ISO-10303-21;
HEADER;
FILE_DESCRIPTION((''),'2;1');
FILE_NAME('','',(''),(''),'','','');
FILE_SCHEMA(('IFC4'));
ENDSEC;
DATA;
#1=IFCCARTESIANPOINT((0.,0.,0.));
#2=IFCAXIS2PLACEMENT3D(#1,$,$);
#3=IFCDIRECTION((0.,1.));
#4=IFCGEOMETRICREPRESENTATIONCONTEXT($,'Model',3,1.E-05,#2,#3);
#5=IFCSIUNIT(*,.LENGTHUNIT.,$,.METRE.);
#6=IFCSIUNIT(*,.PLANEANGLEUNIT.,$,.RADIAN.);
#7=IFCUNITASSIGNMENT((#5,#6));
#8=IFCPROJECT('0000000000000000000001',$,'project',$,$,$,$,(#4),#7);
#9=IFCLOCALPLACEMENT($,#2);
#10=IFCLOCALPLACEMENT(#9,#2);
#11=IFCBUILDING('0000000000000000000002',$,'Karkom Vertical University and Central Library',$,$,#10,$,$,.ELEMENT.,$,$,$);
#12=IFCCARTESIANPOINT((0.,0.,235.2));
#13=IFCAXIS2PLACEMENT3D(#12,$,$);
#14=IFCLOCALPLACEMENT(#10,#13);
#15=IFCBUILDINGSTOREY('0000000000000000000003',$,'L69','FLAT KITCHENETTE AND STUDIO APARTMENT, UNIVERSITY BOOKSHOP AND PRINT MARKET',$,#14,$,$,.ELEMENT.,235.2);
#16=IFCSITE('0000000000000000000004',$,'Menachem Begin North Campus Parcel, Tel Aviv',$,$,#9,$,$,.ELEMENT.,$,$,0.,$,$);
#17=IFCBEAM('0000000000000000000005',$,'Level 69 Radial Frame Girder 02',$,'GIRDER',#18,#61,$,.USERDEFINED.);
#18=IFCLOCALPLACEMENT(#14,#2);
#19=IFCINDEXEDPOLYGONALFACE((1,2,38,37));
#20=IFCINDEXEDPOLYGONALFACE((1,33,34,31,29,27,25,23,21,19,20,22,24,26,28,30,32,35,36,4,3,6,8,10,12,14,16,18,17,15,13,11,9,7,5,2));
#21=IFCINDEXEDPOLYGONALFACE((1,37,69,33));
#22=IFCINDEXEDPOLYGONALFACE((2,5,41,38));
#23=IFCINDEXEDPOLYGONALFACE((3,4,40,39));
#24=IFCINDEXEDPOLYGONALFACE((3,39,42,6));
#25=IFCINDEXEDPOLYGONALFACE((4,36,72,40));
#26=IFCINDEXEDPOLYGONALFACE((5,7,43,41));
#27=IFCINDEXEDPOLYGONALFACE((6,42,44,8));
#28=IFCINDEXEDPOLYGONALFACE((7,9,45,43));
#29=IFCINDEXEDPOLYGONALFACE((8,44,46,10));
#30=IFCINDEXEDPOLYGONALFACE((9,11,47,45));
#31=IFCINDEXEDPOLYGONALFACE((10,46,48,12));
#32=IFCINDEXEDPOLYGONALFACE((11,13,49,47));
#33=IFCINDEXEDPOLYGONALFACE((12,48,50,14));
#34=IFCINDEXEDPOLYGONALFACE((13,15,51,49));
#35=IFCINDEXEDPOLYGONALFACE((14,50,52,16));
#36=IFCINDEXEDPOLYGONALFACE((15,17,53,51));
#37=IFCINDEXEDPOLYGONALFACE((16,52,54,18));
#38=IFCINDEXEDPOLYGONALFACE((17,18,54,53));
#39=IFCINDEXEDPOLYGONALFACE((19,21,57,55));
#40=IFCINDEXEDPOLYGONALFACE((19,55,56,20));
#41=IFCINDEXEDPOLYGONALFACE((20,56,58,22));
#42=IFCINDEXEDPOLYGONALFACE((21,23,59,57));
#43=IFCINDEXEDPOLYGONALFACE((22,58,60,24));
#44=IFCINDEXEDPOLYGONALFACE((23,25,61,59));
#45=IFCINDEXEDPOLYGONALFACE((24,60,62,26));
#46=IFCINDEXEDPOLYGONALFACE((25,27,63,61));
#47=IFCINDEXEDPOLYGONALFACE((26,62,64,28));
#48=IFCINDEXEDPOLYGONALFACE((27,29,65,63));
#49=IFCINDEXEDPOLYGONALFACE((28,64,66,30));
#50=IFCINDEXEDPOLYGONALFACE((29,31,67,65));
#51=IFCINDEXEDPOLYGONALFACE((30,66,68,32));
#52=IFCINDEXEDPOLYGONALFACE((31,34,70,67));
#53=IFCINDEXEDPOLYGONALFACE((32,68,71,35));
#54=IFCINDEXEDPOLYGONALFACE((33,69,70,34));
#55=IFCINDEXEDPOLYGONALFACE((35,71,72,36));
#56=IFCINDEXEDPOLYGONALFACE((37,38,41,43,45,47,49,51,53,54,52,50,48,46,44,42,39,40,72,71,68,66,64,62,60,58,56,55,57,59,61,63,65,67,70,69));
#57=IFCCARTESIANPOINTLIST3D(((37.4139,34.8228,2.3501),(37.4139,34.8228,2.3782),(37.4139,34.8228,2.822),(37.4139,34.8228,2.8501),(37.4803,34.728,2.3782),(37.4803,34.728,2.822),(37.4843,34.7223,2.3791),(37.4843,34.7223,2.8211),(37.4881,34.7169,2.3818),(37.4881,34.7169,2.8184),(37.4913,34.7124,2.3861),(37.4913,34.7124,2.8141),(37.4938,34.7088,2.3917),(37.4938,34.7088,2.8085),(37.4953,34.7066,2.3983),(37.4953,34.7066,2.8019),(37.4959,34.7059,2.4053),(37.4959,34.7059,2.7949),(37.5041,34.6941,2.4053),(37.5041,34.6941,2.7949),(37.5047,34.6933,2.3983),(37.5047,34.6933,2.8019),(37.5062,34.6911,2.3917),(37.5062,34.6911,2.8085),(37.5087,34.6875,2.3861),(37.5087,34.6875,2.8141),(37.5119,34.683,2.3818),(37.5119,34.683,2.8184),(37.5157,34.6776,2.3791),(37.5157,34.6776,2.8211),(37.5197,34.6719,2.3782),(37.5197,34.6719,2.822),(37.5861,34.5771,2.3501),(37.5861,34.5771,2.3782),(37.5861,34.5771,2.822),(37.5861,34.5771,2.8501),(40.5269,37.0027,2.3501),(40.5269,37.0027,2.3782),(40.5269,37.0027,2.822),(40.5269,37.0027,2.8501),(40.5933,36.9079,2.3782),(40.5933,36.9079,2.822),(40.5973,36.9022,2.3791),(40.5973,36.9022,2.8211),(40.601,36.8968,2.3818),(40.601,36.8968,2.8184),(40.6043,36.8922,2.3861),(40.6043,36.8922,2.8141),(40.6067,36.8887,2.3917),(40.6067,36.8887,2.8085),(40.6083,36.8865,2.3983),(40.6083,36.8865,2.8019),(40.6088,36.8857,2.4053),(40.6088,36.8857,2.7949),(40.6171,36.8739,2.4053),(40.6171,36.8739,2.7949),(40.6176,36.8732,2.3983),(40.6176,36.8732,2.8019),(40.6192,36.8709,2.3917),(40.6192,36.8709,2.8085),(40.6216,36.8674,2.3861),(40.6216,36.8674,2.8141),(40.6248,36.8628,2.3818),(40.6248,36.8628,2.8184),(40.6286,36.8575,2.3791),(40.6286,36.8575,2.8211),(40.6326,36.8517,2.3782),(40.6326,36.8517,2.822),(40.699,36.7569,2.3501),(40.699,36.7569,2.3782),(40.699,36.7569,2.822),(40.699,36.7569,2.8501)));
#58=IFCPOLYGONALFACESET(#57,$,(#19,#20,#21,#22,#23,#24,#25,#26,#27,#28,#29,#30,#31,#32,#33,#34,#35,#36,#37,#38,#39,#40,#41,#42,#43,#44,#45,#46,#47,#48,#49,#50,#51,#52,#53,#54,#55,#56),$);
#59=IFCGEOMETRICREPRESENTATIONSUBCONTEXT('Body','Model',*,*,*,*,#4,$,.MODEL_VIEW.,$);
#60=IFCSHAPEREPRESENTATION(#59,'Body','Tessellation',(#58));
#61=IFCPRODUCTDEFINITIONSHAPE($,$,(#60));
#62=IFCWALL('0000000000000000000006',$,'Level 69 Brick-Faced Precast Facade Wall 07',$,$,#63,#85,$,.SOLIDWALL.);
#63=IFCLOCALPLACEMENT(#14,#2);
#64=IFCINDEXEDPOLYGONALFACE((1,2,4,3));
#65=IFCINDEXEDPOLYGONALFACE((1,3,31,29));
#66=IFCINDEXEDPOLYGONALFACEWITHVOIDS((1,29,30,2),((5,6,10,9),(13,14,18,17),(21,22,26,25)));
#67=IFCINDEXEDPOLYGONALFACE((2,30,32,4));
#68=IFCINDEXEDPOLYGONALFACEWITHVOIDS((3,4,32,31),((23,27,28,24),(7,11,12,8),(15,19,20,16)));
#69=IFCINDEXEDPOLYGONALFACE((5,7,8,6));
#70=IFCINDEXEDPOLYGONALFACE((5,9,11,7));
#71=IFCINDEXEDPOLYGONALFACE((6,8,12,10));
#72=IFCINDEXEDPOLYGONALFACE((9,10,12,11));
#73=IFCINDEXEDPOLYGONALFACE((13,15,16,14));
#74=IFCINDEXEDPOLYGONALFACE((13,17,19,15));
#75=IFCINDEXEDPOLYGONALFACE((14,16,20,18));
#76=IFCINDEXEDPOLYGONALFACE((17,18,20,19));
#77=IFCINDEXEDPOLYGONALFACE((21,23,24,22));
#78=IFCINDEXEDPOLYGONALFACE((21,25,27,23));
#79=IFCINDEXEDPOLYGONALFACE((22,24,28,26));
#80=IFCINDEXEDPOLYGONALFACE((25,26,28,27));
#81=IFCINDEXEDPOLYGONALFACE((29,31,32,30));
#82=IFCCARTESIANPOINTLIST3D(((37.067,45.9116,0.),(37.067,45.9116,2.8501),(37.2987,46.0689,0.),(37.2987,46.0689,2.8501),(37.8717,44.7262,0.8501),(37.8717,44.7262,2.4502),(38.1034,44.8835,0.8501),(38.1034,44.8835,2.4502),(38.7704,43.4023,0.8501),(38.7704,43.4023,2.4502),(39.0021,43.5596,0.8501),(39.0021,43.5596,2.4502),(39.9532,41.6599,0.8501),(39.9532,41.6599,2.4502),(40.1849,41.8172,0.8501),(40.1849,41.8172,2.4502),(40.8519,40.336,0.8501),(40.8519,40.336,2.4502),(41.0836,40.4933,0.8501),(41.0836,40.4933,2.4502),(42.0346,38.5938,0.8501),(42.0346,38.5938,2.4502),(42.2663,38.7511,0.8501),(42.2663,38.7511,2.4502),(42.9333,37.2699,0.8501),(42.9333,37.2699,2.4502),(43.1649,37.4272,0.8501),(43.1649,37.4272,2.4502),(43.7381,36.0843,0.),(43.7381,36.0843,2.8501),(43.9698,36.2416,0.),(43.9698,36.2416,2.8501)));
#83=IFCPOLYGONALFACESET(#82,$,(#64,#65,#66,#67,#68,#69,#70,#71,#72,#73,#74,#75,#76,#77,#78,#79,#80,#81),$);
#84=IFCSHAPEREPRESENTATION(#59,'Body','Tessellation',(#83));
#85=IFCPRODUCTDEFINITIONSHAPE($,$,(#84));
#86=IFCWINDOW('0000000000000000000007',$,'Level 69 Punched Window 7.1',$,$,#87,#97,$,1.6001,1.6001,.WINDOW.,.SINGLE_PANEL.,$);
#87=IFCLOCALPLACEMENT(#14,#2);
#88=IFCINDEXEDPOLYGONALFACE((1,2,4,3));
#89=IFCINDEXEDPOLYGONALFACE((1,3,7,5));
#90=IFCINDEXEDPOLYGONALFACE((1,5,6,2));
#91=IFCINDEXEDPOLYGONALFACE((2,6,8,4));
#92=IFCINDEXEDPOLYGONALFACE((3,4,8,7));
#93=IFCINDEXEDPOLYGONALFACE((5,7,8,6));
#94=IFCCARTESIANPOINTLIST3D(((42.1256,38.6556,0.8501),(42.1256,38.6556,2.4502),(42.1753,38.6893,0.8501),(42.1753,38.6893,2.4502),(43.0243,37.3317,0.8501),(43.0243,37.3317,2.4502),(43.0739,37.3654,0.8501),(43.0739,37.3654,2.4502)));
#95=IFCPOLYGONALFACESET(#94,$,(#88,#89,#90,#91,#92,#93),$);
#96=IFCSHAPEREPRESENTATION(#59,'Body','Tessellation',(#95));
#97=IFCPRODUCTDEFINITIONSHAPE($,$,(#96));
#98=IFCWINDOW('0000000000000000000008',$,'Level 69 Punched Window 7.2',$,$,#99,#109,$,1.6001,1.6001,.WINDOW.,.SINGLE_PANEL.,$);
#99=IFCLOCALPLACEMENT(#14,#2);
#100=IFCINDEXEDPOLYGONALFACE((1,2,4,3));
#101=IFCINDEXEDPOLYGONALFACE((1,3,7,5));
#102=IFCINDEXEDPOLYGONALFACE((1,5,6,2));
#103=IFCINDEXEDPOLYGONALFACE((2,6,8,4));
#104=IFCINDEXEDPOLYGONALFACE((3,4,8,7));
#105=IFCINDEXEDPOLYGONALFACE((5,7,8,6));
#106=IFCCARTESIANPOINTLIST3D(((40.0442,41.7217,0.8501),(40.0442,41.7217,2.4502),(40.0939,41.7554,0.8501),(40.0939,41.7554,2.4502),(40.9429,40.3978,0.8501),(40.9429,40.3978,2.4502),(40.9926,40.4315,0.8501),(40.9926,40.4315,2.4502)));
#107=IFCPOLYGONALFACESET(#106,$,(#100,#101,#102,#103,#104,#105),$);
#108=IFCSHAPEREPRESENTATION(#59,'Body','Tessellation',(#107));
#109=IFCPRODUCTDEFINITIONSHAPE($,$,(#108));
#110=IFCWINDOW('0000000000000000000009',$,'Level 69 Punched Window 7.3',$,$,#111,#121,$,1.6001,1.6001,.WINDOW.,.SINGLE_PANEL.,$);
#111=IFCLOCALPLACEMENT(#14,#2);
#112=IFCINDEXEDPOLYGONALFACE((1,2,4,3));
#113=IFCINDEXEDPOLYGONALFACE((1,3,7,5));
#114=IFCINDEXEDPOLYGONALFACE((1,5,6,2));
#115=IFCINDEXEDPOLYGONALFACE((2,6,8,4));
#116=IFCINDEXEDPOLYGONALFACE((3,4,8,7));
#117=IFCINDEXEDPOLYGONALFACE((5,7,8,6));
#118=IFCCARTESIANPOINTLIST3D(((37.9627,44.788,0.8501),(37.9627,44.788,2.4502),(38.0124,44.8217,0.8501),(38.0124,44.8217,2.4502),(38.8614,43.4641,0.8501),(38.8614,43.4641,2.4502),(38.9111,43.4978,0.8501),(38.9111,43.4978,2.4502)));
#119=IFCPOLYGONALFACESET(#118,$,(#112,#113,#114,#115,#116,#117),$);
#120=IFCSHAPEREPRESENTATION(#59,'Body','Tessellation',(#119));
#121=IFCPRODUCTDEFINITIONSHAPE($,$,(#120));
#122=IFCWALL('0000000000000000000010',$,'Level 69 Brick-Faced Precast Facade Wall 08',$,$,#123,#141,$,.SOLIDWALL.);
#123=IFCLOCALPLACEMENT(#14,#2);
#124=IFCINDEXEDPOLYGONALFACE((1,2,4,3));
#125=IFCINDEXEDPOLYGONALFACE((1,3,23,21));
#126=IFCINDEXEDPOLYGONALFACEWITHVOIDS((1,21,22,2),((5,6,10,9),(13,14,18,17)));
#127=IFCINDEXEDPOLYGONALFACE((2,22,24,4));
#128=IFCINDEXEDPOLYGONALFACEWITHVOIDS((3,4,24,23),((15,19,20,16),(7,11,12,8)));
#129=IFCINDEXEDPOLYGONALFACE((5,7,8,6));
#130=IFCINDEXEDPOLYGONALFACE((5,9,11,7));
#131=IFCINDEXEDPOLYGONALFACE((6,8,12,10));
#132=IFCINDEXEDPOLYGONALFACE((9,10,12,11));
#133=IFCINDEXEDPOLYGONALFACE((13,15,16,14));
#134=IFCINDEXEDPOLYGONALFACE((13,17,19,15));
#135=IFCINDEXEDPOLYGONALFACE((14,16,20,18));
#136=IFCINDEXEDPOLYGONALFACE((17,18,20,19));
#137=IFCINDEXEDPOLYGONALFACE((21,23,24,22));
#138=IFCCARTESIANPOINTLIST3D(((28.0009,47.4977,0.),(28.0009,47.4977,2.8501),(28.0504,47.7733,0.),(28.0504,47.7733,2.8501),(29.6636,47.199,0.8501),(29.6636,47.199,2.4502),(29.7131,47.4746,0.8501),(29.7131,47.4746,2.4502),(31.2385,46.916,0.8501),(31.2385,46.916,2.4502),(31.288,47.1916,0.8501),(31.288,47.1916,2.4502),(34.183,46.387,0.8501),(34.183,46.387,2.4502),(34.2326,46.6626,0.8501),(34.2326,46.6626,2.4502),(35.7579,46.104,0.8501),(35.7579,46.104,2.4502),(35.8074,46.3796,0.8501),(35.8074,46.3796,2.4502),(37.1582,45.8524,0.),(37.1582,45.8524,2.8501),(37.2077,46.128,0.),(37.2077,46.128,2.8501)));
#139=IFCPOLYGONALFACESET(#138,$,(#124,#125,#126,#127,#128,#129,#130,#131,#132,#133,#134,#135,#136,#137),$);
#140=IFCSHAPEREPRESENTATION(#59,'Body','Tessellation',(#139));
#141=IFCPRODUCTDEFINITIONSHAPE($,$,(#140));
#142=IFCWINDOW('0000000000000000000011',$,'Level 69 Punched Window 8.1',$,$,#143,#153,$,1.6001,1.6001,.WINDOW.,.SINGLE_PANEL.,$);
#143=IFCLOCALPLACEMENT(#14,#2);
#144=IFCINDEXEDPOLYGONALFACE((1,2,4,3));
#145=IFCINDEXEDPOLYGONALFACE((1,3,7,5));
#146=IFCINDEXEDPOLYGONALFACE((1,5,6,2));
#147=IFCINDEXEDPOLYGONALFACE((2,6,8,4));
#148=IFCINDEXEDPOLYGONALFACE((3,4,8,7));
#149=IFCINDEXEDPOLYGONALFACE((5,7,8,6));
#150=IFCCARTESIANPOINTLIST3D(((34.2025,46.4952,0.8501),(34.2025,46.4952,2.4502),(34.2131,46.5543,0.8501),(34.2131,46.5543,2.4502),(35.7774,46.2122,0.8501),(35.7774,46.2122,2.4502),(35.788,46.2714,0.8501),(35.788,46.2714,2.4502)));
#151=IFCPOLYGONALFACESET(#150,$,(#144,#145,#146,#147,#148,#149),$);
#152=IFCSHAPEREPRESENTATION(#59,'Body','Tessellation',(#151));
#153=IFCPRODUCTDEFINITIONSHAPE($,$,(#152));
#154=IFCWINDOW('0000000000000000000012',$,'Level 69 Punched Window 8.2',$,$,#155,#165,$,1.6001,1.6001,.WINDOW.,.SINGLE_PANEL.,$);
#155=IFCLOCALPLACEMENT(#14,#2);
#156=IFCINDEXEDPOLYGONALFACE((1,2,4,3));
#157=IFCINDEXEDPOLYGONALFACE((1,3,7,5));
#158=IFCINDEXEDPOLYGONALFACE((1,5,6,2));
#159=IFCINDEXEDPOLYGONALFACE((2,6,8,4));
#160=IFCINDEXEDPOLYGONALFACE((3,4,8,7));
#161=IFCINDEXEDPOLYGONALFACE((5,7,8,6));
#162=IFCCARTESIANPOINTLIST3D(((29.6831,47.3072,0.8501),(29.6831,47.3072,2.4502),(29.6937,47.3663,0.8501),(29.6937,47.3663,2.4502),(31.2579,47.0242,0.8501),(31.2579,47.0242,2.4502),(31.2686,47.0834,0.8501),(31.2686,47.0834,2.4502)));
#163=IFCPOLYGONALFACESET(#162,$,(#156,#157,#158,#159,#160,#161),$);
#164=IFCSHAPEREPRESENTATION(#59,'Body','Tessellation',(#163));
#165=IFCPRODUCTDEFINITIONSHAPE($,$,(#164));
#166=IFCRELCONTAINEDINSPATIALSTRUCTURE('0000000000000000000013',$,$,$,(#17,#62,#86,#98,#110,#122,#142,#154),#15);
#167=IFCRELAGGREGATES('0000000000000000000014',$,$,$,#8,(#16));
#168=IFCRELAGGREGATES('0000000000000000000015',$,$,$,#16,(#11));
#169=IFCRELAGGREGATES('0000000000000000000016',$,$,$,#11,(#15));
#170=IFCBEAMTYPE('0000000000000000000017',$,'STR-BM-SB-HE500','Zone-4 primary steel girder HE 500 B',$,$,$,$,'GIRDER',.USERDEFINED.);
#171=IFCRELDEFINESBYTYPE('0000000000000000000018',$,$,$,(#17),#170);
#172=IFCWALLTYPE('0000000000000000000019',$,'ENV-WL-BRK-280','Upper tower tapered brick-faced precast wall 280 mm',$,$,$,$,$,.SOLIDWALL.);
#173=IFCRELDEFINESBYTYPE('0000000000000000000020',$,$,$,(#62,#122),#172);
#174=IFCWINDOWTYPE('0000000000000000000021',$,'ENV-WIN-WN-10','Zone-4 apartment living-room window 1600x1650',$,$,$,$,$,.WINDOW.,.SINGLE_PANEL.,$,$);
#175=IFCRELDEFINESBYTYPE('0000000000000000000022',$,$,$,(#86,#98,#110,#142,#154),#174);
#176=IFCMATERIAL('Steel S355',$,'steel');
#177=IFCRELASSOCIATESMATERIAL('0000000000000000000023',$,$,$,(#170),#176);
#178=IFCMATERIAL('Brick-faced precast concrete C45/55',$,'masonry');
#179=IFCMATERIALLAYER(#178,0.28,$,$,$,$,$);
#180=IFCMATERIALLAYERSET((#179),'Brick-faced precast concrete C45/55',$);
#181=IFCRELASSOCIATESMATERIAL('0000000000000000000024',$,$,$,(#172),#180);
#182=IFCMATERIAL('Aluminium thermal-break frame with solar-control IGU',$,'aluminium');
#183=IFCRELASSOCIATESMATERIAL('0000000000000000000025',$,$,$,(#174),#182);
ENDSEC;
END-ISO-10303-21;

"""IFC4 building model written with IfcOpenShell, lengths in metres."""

from ifc_helpers import new_model, si_unit, direction, frame, frame_2d, origin, origin_with_axes, origin_2d, place, context, subcontext, project, spatial, rectangle, i_section, extrude, source, transform, mapped, material, layer, layer_set, material_profile, profile_set, type_object, element, fill, save


model = new_model("IFC4")

# Units and contexts
model_context = context("Model", 3, precision=1e-05, world=origin(), true_north=direction((0.0, 1.0)))
body_context = subcontext(model_context, "Body", "Model", "MODEL_VIEW")
ifc_project = project(units=[si_unit("LENGTHUNIT", "METRE"), si_unit("PLANEANGLEUNIT", "RADIAN")], contexts=[model_context])

# Site, building, storey
site_placement = place(None, origin())
site = spatial("IfcSite", under=ifc_project, at=site_placement, Name="Menachem Begin North Campus Parcel, Tel Aviv", CompositionType="ELEMENT", RefElevation=0.0)
building_placement = place(site_placement, origin())
building = spatial("IfcBuilding", under=site, at=building_placement, Name="Karkom Vertical University and Central Library", CompositionType="ELEMENT")
storey_placement = place(building_placement, frame((0.0, 0.0, 235.2)))
storey = spatial("IfcBuildingStorey", under=building, at=storey_placement, Name="L69", Description="FLAT KITCHENETTE AND STUDIO APARTMENT, UNIVERSITY BOOKSHOP AND PRINT MARKET", CompositionType="ELEMENT", Elevation=235.2)

# Beam
ifc_material_1 = material(Name="Steel S355", Category="steel")
ifc_material_profile_1 = material_profile(ifc_material_1, i_section(OverallWidth=0.3, OverallDepth=0.5, WebThickness=0.0144, FlangeThickness=0.0281, FilletRadius=0.0271, at=origin_2d()), Name="HE 500 B")
ifc_profile_set_1 = profile_set([ifc_material_profile_1], Name="Steel S355")
beam_type_1 = type_object("IfcBeamType", Name="STR-BM-SB-HE500", Description="Zone-4 primary steel girder HE 500 B", ElementType="GIRDER", PredefinedType="USERDEFINED", material=ifc_profile_set_1)
shared_shape_1 = source(origin_with_axes(), body_context, "Body", "SweptSolid", [
    extrude(i_section(OverallWidth=0.3, OverallDepth=0.5, WebThickness=0.0144, FlangeThickness=0.0281, FilletRadius=0.0271, at=origin_2d()), origin(), (0.0, 0.0, 1.0), 3.8003),
])
beam_1_placement = place(storey_placement, frame((37.5, 34.7, 2.6001), z_axis=(0.819132, 0.573605, 0.0), x_axis=(-0.573605, 0.819132, 0.0)))
element("IfcBeam", 1, at=beam_1_placement, inside=storey, type_object=beam_type_1, Name="Level 69 Radial Frame Girder 02", ObjectType="GIRDER", PredefinedType="USERDEFINED", context=body_context, shape_type="MappedRepresentation", body=[
    mapped(shared_shape_1, transform((0.0, 0.0, 0.0), scale=1.0)),
])

# Walls, openings, windows
ifc_material_2 = material(Name="Brick-faced precast concrete C45/55", Category="masonry")
ifc_layer_1 = layer(ifc_material_2, 0.28)
ifc_layer_set_1 = layer_set([ifc_layer_1], Name="Brick-faced precast concrete C45/55")
wall_type_1 = type_object("IfcWallType", Name="ENV-WL-BRK-280", Description="Upper tower tapered brick-faced precast wall 280 mm", PredefinedType="SOLIDWALL", material=ifc_layer_set_1)
wall_1_placement = place(storey_placement, frame((43.854, 36.1628, 0.0), z_axis=(0.0, 0.0, 1.0), x_axis=(-0.561649, 0.827376, 0.0)))
wall_1 = element("IfcWall", 2, at=wall_1_placement, inside=storey, type_object=wall_type_1, Name="Level 69 Brick-Faced Precast Facade Wall 07", PredefinedType="SOLIDWALL", context=body_context, shape_type="SweptSolid", body=[
    extrude(rectangle(XDim=11.8777, YDim=0.28, at=frame_2d((5.939, 0.0))), origin(), (0.0, 0.0, 1.0), 2.8501),
])
opening_1_placement = place(wall_1_placement, frame((1.4331, 0.0, 0.8501)))
opening_1 = element("IfcOpeningElement", 3, at=opening_1_placement, cuts=wall_1, PredefinedType="OPENING", context=body_context, shape_type="SweptSolid", body=[
    extrude(rectangle(XDim=1.6001, YDim=1.6001, at=frame_2d((0.8, 0.8))), frame((0.0, 0.1499, 0.0), z_axis=(0.0, -1.0, 0.0), x_axis=(1.0, 0.0, 0.0)), (0.0, 0.0, 1.0), 0.3),
])
opening_2_placement = place(wall_1_placement, frame((5.1389, 0.0, 0.8501)))
opening_2 = element("IfcOpeningElement", 4, at=opening_2_placement, cuts=wall_1, PredefinedType="OPENING", context=body_context, shape_type="SweptSolid", body=[
    extrude(rectangle(XDim=1.6001, YDim=1.6001, at=frame_2d((0.8, 0.8))), frame((0.0, 0.1499, 0.0), z_axis=(0.0, -1.0, 0.0), x_axis=(1.0, 0.0, 0.0)), (0.0, 0.0, 1.0), 0.3),
])
opening_3_placement = place(wall_1_placement, frame((8.845, 0.0, 0.8501)))
opening_3 = element("IfcOpeningElement", 5, at=opening_3_placement, cuts=wall_1, PredefinedType="OPENING", context=body_context, shape_type="SweptSolid", body=[
    extrude(rectangle(XDim=1.6001, YDim=1.6001, at=frame_2d((0.8, 0.8))), frame((0.0, 0.1499, 0.0), z_axis=(0.0, -1.0, 0.0), x_axis=(1.0, 0.0, 0.0)), (0.0, 0.0, 1.0), 0.3),
])
ifc_material_3 = material(Name="Aluminium thermal-break frame with solar-control IGU", Category="aluminium")
window_type = type_object("IfcWindowType", Name="ENV-WIN-WN-10", Description="Zone-4 apartment living-room window 1600x1650", PartitioningType="SINGLE_PANEL", PredefinedType="WINDOW", material=ifc_material_3)
shared_shape_2 = source(origin_with_axes(), body_context, "Body", "SweptSolid", [
    extrude(rectangle(XDim=1.6001, YDim=1.6001, at=frame_2d((0.8, 0.8))), frame((0.0, 0.03, 0.0), z_axis=(0.0, -1.0, 0.0), x_axis=(1.0, 0.0, 0.0)), (0.0, 0.0, 1.0), 0.0601),
])
window_1_placement = place(opening_1_placement, origin())
window_1 = element("IfcWindow", 6, at=window_1_placement, inside=storey, type_object=window_type, Name="Level 69 Punched Window 7.1", OverallHeight=1.6001, OverallWidth=1.6001, PartitioningType="SINGLE_PANEL", PredefinedType="WINDOW", context=body_context, shape_type="MappedRepresentation", body=[
    mapped(shared_shape_2, transform((0.0, 0.0, 0.0), scale=1.0)),
])
fill(opening_1, window_1)
window_2_placement = place(opening_2_placement, origin())
window_2 = element("IfcWindow", 7, at=window_2_placement, inside=storey, type_object=window_type, Name="Level 69 Punched Window 7.2", OverallHeight=1.6001, OverallWidth=1.6001, PartitioningType="SINGLE_PANEL", PredefinedType="WINDOW", context=body_context, shape_type="MappedRepresentation", body=[
    mapped(shared_shape_2, transform((0.0, 0.0, 0.0), scale=1.0)),
])
fill(opening_2, window_2)
window_3_placement = place(opening_3_placement, origin())
window_3 = element("IfcWindow", 8, at=window_3_placement, inside=storey, type_object=window_type, Name="Level 69 Punched Window 7.3", OverallHeight=1.6001, OverallWidth=1.6001, PartitioningType="SINGLE_PANEL", PredefinedType="WINDOW", context=body_context, shape_type="MappedRepresentation", body=[
    mapped(shared_shape_2, transform((0.0, 0.0, 0.0), scale=1.0)),
])
fill(opening_3, window_3)
wall_2_placement = place(storey_placement, frame((37.1829, 45.9902, 0.0), z_axis=(0.0, 0.0, 1.0), x_axis=(-0.98424, 0.176837, 0.0)))
wall_2 = element("IfcWall", 9, at=wall_2_placement, inside=storey, type_object=wall_type_1, Name="Level 69 Brick-Faced Precast Facade Wall 08", PredefinedType="SOLIDWALL", context=body_context, shape_type="SweptSolid", body=[
    extrude(rectangle(XDim=9.304, YDim=0.28, at=frame_2d((4.6519, 0.0))), origin(), (0.0, 0.0, 1.0), 2.8501),
])
opening_4_placement = place(wall_2_placement, frame((1.4226, 0.0, 0.8501)))
opening_4 = element("IfcOpeningElement", 10, at=opening_4_placement, cuts=wall_2, PredefinedType="OPENING", context=body_context, shape_type="SweptSolid", body=[
    extrude(rectangle(XDim=1.6001, YDim=1.6001, at=frame_2d((0.8, 0.8))), frame((0.0, 0.1499, 0.0), z_axis=(0.0, -1.0, 0.0), x_axis=(1.0, 0.0, 0.0)), (0.0, 0.0, 1.0), 0.3),
])
opening_5_placement = place(wall_2_placement, frame((6.0144, 0.0, 0.8501)))
opening_5 = element("IfcOpeningElement", 11, at=opening_5_placement, cuts=wall_2, PredefinedType="OPENING", context=body_context, shape_type="SweptSolid", body=[
    extrude(rectangle(XDim=1.6001, YDim=1.6001, at=frame_2d((0.8, 0.8))), frame((0.0, 0.1499, 0.0), z_axis=(0.0, -1.0, 0.0), x_axis=(1.0, 0.0, 0.0)), (0.0, 0.0, 1.0), 0.3),
])
window_4_placement = place(opening_4_placement, origin())
window_4 = element("IfcWindow", 12, at=window_4_placement, inside=storey, type_object=window_type, Name="Level 69 Punched Window 8.1", OverallHeight=1.6001, OverallWidth=1.6001, PartitioningType="SINGLE_PANEL", PredefinedType="WINDOW", context=body_context, shape_type="MappedRepresentation", body=[
    mapped(shared_shape_2, transform((0.0, 0.0, 0.0), scale=1.0)),
])
fill(opening_4, window_4)
window_5_placement = place(opening_5_placement, origin())
window_5 = element("IfcWindow", 13, at=window_5_placement, inside=storey, type_object=window_type, Name="Level 69 Punched Window 8.2", OverallHeight=1.6001, OverallWidth=1.6001, PartitioningType="SINGLE_PANEL", PredefinedType="WINDOW", context=body_context, shape_type="MappedRepresentation", body=[
    mapped(shared_shape_2, transform((0.0, 0.0, 0.0), scale=1.0)),
])
fill(opening_5, window_5)

save(model, "model.ifc")
